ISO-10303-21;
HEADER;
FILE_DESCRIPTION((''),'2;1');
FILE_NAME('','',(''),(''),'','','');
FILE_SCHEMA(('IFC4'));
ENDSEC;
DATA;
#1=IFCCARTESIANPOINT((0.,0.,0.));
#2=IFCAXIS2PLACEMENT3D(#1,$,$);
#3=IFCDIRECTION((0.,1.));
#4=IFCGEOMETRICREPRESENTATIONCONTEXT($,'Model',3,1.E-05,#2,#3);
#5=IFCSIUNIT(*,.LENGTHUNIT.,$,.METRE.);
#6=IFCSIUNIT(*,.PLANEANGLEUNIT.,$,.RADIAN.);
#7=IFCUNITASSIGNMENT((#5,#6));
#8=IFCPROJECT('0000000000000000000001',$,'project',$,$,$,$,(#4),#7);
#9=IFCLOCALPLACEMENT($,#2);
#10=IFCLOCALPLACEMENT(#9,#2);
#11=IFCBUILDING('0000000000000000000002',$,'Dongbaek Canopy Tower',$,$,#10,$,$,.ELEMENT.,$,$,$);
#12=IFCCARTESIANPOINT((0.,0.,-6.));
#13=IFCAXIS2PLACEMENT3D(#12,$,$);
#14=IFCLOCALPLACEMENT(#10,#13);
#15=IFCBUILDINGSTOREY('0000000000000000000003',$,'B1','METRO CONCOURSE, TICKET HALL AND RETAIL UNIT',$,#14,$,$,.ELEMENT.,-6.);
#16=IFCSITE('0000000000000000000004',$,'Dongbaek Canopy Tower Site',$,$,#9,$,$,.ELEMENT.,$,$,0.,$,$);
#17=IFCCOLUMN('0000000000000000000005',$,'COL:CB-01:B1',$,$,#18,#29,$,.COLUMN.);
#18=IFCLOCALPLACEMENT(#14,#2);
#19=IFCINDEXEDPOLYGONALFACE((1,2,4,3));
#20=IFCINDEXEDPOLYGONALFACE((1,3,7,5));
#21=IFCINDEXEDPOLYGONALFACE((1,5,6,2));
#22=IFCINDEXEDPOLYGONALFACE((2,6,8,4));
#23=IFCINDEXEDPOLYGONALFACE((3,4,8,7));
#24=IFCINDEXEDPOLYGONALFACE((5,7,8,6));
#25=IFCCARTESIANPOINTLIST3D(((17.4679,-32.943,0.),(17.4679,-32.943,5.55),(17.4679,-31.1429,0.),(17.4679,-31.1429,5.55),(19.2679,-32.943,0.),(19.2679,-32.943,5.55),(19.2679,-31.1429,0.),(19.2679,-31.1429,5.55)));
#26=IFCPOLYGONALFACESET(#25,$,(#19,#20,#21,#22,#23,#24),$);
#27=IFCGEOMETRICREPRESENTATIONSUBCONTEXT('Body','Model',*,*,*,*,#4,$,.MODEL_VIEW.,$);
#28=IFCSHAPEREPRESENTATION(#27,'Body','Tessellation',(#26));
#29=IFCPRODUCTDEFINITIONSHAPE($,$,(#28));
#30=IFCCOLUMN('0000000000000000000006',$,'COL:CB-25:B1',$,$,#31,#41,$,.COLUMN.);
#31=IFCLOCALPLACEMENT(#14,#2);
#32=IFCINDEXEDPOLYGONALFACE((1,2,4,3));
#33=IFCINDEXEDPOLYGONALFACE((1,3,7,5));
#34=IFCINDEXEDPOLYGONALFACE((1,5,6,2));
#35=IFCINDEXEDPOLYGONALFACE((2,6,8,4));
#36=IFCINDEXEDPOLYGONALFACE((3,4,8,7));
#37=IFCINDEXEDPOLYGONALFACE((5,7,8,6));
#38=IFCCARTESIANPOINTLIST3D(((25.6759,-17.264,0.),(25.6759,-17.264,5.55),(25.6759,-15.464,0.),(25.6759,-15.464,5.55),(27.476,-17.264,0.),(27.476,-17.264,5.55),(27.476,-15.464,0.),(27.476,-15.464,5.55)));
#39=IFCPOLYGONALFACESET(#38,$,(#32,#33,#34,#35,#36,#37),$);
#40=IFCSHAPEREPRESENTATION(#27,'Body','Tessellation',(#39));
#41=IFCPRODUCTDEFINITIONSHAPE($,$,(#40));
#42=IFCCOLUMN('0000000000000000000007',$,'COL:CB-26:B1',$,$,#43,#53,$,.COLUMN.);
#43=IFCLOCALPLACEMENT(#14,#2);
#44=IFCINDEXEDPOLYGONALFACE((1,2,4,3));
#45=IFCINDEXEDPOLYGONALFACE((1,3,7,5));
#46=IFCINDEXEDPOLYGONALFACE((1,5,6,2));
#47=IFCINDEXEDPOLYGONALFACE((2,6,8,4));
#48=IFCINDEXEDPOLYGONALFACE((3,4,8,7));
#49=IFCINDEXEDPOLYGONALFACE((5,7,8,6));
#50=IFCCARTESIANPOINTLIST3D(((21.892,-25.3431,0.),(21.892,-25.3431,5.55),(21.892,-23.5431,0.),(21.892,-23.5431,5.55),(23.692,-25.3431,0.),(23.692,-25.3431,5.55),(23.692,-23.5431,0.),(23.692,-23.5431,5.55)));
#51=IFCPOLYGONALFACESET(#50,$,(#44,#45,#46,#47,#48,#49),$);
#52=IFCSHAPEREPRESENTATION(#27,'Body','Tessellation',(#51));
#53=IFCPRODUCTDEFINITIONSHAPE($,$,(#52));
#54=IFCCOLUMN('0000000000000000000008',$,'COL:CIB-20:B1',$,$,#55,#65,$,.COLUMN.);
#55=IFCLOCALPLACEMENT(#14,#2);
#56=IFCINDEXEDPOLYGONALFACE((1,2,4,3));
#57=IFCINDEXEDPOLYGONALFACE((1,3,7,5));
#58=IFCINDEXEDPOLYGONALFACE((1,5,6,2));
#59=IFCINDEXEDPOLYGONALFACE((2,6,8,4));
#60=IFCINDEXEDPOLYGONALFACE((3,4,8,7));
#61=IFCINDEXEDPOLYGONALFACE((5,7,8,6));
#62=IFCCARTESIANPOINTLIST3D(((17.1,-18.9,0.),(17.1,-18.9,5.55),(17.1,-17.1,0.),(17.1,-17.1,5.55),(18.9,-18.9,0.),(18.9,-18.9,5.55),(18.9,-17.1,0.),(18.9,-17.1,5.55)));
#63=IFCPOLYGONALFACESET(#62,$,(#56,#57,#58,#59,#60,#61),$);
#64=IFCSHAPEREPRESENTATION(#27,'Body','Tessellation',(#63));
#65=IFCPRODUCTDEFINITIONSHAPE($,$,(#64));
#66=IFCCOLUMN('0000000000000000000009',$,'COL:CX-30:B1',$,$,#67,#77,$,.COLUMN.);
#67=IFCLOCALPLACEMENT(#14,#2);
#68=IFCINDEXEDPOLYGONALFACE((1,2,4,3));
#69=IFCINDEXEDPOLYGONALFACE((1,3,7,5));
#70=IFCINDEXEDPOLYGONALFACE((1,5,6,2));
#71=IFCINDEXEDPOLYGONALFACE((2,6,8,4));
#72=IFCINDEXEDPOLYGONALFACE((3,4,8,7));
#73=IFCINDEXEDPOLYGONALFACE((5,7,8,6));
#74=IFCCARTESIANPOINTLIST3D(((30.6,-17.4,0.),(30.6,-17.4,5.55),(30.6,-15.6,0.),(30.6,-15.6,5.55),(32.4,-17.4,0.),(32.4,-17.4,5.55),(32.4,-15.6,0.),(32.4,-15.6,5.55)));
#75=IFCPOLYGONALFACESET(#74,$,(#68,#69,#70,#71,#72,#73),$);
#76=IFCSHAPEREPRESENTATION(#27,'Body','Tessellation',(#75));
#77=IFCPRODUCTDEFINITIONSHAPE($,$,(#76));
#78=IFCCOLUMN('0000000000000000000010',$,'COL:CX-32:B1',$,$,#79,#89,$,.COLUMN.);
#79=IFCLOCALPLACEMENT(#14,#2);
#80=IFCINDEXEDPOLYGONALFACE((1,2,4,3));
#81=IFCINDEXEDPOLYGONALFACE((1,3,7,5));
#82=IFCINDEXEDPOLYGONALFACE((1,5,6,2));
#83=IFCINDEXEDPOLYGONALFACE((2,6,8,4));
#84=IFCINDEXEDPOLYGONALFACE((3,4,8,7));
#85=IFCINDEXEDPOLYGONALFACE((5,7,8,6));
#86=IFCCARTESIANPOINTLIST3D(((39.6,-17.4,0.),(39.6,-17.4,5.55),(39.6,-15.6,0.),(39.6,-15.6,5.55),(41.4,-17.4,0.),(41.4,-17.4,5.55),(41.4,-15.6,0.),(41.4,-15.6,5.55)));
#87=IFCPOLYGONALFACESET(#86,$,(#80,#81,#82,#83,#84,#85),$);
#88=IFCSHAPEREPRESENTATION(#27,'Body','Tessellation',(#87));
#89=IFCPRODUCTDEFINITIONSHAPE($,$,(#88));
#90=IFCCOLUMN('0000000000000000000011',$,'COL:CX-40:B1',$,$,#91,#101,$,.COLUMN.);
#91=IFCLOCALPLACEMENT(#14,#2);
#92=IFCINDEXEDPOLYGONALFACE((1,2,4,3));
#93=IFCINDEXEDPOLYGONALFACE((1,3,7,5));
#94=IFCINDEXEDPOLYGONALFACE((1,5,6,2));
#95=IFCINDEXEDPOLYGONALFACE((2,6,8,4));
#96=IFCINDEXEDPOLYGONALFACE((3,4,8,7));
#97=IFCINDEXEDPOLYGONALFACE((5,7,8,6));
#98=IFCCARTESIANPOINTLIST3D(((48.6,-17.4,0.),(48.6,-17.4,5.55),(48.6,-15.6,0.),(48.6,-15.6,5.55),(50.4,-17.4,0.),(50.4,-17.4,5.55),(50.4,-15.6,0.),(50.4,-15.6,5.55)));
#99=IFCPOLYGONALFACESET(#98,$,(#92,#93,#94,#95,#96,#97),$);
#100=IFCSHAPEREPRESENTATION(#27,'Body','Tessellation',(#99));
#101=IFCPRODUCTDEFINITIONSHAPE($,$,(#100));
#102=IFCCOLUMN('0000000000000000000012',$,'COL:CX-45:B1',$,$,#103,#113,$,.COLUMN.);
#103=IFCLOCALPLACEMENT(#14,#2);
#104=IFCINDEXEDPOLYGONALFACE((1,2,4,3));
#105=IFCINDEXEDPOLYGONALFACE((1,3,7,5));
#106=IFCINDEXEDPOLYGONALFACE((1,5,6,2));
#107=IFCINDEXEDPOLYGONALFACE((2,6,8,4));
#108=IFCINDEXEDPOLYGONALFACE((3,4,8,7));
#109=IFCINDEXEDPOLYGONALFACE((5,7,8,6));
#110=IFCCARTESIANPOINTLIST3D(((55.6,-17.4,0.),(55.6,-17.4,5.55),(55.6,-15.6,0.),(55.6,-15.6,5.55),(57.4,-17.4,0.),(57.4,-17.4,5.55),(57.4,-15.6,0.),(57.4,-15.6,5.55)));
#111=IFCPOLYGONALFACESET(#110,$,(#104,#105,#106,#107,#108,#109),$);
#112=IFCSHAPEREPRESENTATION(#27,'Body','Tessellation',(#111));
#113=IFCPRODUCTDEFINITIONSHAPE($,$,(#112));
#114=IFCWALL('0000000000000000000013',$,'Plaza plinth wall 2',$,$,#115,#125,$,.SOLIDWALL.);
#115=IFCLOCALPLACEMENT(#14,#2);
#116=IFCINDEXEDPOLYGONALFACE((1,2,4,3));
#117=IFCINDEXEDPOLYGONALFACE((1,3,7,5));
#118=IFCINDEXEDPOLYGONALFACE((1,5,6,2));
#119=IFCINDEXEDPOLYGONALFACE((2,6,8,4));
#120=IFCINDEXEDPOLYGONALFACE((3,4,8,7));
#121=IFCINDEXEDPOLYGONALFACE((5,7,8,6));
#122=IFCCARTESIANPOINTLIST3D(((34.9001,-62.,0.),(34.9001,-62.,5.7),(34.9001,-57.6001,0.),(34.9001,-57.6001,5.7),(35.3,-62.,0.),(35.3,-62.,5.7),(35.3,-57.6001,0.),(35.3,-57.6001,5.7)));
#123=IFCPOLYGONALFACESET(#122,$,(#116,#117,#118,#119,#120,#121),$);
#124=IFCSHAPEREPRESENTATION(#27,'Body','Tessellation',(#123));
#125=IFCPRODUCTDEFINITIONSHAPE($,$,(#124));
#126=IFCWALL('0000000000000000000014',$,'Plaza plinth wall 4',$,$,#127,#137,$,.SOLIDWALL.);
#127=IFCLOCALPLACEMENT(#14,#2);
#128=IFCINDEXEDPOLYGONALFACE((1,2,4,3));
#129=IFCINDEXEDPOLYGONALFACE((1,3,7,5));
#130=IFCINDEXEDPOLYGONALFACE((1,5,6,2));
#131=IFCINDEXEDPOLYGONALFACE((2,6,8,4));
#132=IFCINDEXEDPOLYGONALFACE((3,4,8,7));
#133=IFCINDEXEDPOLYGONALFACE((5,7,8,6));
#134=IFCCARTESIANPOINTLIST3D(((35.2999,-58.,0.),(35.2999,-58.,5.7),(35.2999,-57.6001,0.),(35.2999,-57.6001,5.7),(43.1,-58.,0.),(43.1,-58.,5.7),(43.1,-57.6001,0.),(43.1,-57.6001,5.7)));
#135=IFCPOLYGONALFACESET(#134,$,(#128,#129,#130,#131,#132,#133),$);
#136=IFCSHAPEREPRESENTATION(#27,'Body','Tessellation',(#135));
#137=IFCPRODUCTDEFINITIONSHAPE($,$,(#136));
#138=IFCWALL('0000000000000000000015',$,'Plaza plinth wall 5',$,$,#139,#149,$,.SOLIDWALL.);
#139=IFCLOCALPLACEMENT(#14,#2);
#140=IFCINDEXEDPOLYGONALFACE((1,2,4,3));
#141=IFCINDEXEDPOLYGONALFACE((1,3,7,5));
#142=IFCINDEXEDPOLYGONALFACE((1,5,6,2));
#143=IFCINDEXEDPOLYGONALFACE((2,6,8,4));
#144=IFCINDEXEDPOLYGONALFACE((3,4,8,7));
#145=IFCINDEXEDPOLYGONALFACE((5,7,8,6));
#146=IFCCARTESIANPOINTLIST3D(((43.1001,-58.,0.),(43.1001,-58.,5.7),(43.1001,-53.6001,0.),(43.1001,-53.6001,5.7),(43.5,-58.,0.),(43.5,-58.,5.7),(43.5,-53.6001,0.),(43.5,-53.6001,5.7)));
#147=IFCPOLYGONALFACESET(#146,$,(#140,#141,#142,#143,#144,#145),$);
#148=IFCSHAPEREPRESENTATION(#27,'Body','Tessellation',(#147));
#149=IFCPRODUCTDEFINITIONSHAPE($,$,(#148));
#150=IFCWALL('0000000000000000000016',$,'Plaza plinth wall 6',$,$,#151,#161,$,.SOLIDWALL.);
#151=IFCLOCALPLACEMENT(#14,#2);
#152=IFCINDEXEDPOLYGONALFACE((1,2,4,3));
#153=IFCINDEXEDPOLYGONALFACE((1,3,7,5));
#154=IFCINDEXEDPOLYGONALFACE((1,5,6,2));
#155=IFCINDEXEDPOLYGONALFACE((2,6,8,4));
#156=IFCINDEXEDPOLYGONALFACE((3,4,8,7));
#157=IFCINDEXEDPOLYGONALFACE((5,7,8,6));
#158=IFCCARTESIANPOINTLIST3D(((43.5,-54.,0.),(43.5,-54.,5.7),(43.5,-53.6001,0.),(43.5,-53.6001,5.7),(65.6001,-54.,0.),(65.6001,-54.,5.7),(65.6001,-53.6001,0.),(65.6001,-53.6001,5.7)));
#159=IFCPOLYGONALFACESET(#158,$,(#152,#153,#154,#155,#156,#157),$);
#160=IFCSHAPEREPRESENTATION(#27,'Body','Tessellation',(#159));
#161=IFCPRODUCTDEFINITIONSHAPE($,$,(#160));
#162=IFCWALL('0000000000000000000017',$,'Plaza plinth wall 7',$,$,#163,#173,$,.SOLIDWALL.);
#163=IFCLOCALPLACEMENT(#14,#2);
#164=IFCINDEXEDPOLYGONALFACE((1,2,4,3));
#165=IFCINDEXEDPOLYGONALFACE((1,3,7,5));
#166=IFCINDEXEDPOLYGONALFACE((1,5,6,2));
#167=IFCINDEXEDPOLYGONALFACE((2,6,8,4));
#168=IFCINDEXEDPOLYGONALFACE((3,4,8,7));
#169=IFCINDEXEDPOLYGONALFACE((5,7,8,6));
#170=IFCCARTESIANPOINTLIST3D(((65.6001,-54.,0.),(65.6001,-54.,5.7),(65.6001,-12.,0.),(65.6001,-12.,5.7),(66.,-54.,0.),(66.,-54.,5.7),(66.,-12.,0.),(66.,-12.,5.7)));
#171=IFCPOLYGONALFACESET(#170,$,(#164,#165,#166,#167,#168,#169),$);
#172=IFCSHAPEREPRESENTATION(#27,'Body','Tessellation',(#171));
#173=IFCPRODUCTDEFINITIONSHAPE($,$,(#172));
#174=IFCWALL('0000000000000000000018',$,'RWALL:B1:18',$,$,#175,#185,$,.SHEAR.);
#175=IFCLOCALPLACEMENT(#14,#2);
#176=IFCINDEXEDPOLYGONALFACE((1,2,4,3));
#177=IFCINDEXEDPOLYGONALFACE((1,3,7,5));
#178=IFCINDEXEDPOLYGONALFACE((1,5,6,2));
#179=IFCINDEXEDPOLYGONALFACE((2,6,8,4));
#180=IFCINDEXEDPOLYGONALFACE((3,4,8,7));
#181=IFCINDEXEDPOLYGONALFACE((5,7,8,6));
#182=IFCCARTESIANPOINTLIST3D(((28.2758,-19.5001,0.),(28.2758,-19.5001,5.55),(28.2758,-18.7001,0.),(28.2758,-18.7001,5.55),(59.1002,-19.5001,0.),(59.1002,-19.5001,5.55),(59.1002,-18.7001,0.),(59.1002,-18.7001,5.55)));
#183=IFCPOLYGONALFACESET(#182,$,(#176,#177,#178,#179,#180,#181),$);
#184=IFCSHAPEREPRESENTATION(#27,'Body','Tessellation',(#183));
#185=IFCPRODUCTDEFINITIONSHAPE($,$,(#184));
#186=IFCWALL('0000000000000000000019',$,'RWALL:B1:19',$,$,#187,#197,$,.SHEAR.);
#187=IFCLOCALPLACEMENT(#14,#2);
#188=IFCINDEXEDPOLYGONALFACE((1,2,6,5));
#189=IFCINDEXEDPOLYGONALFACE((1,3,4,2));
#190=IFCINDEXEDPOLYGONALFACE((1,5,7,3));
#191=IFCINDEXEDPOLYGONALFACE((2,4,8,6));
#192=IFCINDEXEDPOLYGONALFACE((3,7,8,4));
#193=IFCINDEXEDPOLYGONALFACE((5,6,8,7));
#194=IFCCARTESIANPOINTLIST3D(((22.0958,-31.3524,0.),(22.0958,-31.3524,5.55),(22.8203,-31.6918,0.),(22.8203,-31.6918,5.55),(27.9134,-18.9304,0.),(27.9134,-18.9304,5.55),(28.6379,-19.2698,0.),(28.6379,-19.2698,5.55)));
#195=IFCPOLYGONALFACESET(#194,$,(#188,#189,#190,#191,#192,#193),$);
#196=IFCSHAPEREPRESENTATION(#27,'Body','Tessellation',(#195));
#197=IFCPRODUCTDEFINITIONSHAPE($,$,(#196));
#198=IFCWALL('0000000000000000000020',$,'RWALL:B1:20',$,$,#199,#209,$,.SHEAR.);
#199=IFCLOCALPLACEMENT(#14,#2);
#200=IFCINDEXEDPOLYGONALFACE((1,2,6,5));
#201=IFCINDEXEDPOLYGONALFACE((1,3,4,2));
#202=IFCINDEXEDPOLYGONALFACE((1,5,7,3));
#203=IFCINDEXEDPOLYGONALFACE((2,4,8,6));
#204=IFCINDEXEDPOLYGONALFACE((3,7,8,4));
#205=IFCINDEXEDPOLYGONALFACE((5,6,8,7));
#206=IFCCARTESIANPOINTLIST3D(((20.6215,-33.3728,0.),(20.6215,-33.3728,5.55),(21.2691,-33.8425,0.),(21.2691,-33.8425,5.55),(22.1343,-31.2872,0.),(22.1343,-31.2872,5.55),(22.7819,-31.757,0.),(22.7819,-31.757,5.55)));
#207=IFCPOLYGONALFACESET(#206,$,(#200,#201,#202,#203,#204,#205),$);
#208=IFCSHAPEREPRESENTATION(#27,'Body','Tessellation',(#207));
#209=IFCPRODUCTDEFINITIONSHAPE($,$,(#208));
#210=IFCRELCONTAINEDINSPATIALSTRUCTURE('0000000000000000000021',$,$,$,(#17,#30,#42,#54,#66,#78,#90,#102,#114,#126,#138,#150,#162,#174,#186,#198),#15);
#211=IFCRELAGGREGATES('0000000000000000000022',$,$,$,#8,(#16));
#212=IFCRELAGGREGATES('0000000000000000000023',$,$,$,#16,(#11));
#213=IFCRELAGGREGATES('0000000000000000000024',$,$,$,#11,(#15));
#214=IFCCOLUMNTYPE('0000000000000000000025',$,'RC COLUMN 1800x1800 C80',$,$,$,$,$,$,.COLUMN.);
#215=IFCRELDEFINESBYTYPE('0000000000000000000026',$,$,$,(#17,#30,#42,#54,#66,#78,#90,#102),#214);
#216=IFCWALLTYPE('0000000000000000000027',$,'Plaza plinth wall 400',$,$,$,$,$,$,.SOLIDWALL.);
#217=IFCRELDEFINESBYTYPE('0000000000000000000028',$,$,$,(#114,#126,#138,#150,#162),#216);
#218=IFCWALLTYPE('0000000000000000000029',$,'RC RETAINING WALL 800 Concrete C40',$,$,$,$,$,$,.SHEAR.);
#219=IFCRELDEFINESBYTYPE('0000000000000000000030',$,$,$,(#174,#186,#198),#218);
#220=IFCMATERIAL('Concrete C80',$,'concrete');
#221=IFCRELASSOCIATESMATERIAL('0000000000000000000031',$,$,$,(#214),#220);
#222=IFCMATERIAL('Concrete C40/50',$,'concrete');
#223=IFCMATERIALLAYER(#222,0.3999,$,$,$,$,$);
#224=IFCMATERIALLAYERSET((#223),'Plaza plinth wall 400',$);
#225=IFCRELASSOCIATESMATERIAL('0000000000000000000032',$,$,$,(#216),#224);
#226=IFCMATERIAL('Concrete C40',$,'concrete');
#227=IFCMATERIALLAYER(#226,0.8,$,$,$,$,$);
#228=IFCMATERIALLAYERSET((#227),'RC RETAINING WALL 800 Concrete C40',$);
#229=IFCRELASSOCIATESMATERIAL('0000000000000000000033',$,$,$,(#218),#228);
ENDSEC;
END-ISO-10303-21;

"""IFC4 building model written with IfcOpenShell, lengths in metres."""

from ifc_helpers import new_model, si_unit, direction, frame, frame_2d, origin, origin_2d, place, context, subcontext, project, spatial, rectangle, extrude, material, layer, layer_set, material_profile, profile_set, type_object, element, save


model = new_model("IFC4")

# Units and contexts
model_context = context("Model", 3, precision=1e-05, world=origin(), true_north=direction((0.0, 1.0)))
body_context = subcontext(model_context, "Body", "Model", "MODEL_VIEW")
ifc_project = project(units=[si_unit("LENGTHUNIT", "METRE"), si_unit("PLANEANGLEUNIT", "RADIAN")], contexts=[model_context])

# Site, building, storey
site_placement = place(None, origin())
site = spatial("IfcSite", under=ifc_project, at=site_placement, Name="Dongbaek Canopy Tower Site", CompositionType="ELEMENT", RefElevation=0.0)
building_placement = place(site_placement, origin())
building = spatial("IfcBuilding", under=site, at=building_placement, Name="Dongbaek Canopy Tower", CompositionType="ELEMENT")
storey_placement = place(building_placement, frame((0.0, 0.0, -6.0)))
storey = spatial("IfcBuildingStorey", under=building, at=storey_placement, Name="B1", Description="METRO CONCOURSE, TICKET HALL AND RETAIL UNIT", CompositionType="ELEMENT", Elevation=-6.0)

# Columns
ifc_material_1 = material(Name="Concrete C80", Category="concrete")
ifc_material_profile = material_profile(ifc_material_1, rectangle(XDim=1.8, YDim=1.8, at=origin_2d()), Name="RC COLUMN 1800x1800 C80")
ifc_profile_set = profile_set([ifc_material_profile], Name="Concrete C80")
column_type = type_object("IfcColumnType", Name="RC COLUMN 1800x1800 C80", PredefinedType="COLUMN", material=ifc_profile_set)
for number, where, z_axis, x_axis, name in (
    (1, (18.3679, -32.043, 0.0), (0.0, 0.0, 1.0), (1.0, 0.0, 0.0), "COL:CB-01:B1"),
    (2, (26.5759, -16.364, 0.0), (0.0, 0.0, 1.0), (1.0, 0.0, 0.0), "COL:CB-25:B1"),
    (3, (22.792, -24.4431, 0.0), (0.0, 0.0, 1.0), (1.0, 0.0, 0.0), "COL:CB-26:B1"),
    (4, (18.0, -18.0, 0.0), (0.0, 0.0, 1.0), (1.0, 0.0, 0.0), "COL:CIB-20:B1"),
    (5, (31.5, -16.5, 0.0), (0.0, 0.0, 1.0), (1.0, 0.0, 0.0), "COL:CX-30:B1"),
    (6, (40.5, -16.5, 0.0), (0.0, 0.0, 1.0), (1.0, 0.0, 0.0), "COL:CX-32:B1"),
    (7, (49.5, -16.5, 0.0), (0.0, 0.0, 1.0), (1.0, 0.0, 0.0), "COL:CX-40:B1"),
    (8, (56.5, -16.5, 0.0), (0.0, 0.0, 1.0), (1.0, 0.0, 0.0), "COL:CX-45:B1"),
):
    element("IfcColumn", number, at=place(storey_placement, frame(where, z_axis=z_axis, x_axis=x_axis)), inside=storey, type_object=column_type, Name=name, PredefinedType="COLUMN", context=body_context, shape_type="SweptSolid", body=[
        extrude(rectangle(XDim=1.8, YDim=1.8, at=origin_2d()), origin(), (0.0, 0.0, 1.0), 5.55),
    ])

# Walls
ifc_material_2 = material(Name="Concrete C40/50", Category="concrete")
ifc_layer_1 = layer(ifc_material_2, 0.3999)
ifc_layer_set_1 = layer_set([ifc_layer_1], Name="Plaza plinth wall 400")
wall_type_1 = type_object("IfcWallType", Name="Plaza plinth wall 400", PredefinedType="SOLIDWALL", material=ifc_layer_set_1)
wall_1_placement = place(storey_placement, frame((35.1001, -62.0, 0.0), z_axis=(0.0, 0.0, 1.0), x_axis=(0.0, 1.0, 0.0)))
element("IfcWall", 9, at=wall_1_placement, inside=storey, type_object=wall_type_1, Name="Plaza plinth wall 2", PredefinedType="SOLIDWALL", context=body_context, shape_type="SweptSolid", body=[
    extrude(rectangle(XDim=4.3999, YDim=0.3999, at=frame_2d((2.2, 0.0))), origin(), (0.0, 0.0, 1.0), 5.7),
])
wall_2_placement = place(storey_placement, frame((35.3, -57.8, 0.0), z_axis=(0.0, 0.0, 1.0), x_axis=(1.0, 0.0, 0.0)))
element("IfcWall", 10, at=wall_2_placement, inside=storey, type_object=wall_type_1, Name="Plaza plinth wall 4", PredefinedType="SOLIDWALL", context=body_context, shape_type="SweptSolid", body=[
    extrude(rectangle(XDim=7.8, YDim=0.3999, at=frame_2d((3.8999, 0.0))), origin(), (0.0, 0.0, 1.0), 5.7),
])
wall_3_placement = place(storey_placement, frame((43.3, -58.0, 0.0), z_axis=(0.0, 0.0, 1.0), x_axis=(0.0, 1.0, 0.0)))
element("IfcWall", 11, at=wall_3_placement, inside=storey, type_object=wall_type_1, Name="Plaza plinth wall 5", PredefinedType="SOLIDWALL", context=body_context, shape_type="SweptSolid", body=[
    extrude(rectangle(XDim=4.3999, YDim=0.3999, at=frame_2d((2.2, 0.0))), origin(), (0.0, 0.0, 1.0), 5.7),
])
wall_4_placement = place(storey_placement, frame((43.5, -53.8, 0.0), z_axis=(0.0, 0.0, 1.0), x_axis=(1.0, 0.0, 0.0)))
element("IfcWall", 12, at=wall_4_placement, inside=storey, type_object=wall_type_1, Name="Plaza plinth wall 6", PredefinedType="SOLIDWALL", context=body_context, shape_type="SweptSolid", body=[
    extrude(rectangle(XDim=22.1001, YDim=0.3999, at=frame_2d((11.05, 0.0))), origin(), (0.0, 0.0, 1.0), 5.7),
])
wall_5_placement = place(storey_placement, frame((65.8, -54.0, 0.0), z_axis=(0.0, 0.0, 1.0), x_axis=(0.0, 1.0, 0.0)))
element("IfcWall", 13, at=wall_5_placement, inside=storey, type_object=wall_type_1, Name="Plaza plinth wall 7", PredefinedType="SOLIDWALL", context=body_context, shape_type="SweptSolid", body=[
    extrude(rectangle(XDim=42.0, YDim=0.3999, at=frame_2d((21.0, 0.0))), origin(), (0.0, 0.0, 1.0), 5.7),
])
ifc_material_3 = material(Name="Concrete C40", Category="concrete")
ifc_layer_2 = layer(ifc_material_3, 0.8)
ifc_layer_set_2 = layer_set([ifc_layer_2], Name="RC RETAINING WALL 800 Concrete C40")
wall_type_2 = type_object("IfcWallType", Name="RC RETAINING WALL 800 Concrete C40", PredefinedType="SHEAR", material=ifc_layer_set_2)
wall_6_placement = place(storey_placement, frame((59.1001, -19.1001, 0.0), z_axis=(0.0, 0.0, 1.0), x_axis=(-1.0, 0.0, 0.0)))
element("IfcWall", 14, at=wall_6_placement, inside=storey, type_object=wall_type_2, Name="RWALL:B1:18", PredefinedType="SHEAR", context=body_context, shape_type="SweptSolid", body=[
    extrude(rectangle(XDim=30.8245, YDim=0.8, at=frame_2d((15.4121, 0.0))), origin(), (0.0, 0.0, 1.0), 5.55),
])
wall_7_placement = place(storey_placement, frame((28.2756, -19.1001, 0.0), z_axis=(0.0, 0.0, 1.0), x_axis=(-0.424121, -0.905606, 0.0)))
element("IfcWall", 15, at=wall_7_placement, inside=storey, type_object=wall_type_2, Name="RWALL:B1:19", PredefinedType="SHEAR", context=body_context, shape_type="SweptSolid", body=[
    extrude(rectangle(XDim=13.7168, YDim=0.8, at=frame_2d((6.8584, 0.0))), origin(), (0.0, 0.0, 1.0), 5.55),
])
wall_8_placement = place(storey_placement, frame((22.458, -31.5222, 0.0), z_axis=(0.0, 0.0, 1.0), x_axis=(-0.587157, -0.809473, 0.0)))
element("IfcWall", 16, at=wall_8_placement, inside=storey, type_object=wall_type_2, Name="RWALL:B1:20", PredefinedType="SHEAR", context=body_context, shape_type="SweptSolid", body=[
    extrude(rectangle(XDim=2.5764, YDim=0.8, at=frame_2d((1.2881, 0.0))), origin(), (0.0, 0.0, 1.0), 5.55),
])

save(model, "model.ifc")
